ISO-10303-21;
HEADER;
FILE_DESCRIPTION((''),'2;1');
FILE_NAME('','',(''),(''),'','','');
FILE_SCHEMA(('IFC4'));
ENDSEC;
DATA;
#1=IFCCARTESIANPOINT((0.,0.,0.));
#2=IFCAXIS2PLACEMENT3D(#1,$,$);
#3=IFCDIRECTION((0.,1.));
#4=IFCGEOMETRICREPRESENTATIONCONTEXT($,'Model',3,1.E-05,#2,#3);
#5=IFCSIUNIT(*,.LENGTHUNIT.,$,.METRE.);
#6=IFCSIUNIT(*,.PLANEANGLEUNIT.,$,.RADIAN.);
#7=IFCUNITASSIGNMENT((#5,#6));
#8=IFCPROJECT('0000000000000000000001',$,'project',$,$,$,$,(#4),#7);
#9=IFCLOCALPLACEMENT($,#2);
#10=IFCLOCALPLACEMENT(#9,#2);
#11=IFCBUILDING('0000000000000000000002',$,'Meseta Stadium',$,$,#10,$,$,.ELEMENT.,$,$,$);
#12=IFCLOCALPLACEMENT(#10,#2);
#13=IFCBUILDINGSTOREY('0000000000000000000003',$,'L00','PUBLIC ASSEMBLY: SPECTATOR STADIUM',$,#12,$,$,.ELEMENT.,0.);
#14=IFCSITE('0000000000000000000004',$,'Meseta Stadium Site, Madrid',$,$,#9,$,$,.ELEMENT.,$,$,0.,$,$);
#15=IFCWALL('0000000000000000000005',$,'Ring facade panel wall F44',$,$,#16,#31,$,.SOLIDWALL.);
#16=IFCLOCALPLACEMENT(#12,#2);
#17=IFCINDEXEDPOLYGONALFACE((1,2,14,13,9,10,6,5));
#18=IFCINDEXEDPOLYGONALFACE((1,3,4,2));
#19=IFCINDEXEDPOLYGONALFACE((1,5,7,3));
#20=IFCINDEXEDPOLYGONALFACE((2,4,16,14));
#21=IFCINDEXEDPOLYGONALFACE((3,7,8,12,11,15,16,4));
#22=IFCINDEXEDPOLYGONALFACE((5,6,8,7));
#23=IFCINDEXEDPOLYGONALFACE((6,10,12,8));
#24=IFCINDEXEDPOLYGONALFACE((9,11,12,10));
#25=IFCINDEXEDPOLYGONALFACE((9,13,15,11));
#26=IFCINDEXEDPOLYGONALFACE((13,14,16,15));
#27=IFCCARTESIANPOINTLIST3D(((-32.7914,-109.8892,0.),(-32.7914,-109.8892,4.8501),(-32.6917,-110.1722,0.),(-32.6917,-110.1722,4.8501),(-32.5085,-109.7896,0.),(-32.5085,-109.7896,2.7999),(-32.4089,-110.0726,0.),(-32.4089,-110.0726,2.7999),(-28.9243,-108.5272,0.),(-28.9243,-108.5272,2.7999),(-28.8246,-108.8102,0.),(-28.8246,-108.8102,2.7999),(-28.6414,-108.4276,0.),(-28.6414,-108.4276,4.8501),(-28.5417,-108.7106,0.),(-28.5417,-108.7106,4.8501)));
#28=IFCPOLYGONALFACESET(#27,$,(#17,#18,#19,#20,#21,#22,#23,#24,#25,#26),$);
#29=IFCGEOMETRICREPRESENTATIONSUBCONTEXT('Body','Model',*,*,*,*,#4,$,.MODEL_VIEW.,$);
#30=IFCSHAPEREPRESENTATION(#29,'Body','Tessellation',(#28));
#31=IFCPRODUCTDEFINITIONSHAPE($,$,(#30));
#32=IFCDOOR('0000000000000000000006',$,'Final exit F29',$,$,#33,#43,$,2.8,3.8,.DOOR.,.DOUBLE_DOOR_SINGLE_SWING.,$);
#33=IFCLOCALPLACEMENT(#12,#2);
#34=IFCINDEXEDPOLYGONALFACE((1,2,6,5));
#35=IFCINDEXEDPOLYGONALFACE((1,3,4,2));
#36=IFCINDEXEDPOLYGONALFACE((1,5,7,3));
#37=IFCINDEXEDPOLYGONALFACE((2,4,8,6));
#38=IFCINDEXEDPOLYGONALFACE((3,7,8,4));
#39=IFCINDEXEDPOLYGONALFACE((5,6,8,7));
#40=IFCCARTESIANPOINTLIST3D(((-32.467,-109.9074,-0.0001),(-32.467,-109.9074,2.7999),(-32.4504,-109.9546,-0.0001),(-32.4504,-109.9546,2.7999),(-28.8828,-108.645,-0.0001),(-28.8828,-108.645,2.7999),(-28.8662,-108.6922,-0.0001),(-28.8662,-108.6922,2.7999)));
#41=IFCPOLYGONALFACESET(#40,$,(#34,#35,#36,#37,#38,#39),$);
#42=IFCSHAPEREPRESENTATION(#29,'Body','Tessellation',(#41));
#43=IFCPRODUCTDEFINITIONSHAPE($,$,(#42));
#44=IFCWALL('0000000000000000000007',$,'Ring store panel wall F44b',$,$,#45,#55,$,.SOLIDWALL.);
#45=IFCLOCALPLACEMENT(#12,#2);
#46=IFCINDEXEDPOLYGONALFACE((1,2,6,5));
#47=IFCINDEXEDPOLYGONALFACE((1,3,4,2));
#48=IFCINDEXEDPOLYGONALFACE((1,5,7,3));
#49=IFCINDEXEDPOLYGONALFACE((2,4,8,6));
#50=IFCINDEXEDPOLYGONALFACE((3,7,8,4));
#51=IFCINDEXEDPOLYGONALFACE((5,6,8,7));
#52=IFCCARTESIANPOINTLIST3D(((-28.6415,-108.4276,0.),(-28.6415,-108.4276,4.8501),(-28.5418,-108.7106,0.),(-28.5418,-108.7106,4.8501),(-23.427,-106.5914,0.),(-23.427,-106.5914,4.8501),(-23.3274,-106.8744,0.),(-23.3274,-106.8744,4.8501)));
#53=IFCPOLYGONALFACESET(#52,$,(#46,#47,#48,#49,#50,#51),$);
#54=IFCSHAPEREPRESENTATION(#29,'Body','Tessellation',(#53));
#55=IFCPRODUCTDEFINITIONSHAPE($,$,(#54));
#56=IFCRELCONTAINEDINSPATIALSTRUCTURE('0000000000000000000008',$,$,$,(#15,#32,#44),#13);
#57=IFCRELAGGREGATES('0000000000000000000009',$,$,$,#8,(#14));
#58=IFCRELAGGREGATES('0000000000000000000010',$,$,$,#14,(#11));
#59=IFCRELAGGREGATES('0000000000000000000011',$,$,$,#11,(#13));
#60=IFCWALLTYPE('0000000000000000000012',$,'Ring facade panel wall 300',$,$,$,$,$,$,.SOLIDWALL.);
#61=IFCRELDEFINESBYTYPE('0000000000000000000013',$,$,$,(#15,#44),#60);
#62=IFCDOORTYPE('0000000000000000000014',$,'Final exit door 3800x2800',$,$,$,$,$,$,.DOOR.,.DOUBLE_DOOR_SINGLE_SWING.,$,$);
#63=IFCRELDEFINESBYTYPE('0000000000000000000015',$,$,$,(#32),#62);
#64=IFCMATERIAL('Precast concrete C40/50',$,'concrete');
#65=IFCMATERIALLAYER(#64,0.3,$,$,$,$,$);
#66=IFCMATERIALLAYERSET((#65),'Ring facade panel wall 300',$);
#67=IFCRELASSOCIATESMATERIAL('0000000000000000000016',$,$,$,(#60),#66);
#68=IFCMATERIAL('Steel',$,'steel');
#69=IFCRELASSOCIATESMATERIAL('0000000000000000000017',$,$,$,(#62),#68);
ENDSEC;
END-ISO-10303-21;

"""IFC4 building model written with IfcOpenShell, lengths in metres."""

from ifc_helpers import new_model, si_unit, direction, frame, frame_2d, origin, place, context, subcontext, project, spatial, rectangle, extrude, material, layer, layer_set, type_object, element, fill, save


model = new_model("IFC4")

# Units and contexts
model_context = context("Model", 3, precision=1e-05, world=origin(), true_north=direction((0.0, 1.0)))
body_context = subcontext(model_context, "Body", "Model", "MODEL_VIEW")
ifc_project = project(units=[si_unit("LENGTHUNIT", "METRE"), si_unit("PLANEANGLEUNIT", "RADIAN")], contexts=[model_context])

# Site, building, storey
site_placement = place(None, origin())
site = spatial("IfcSite", under=ifc_project, at=site_placement, Name="Meseta Stadium Site, Madrid", CompositionType="ELEMENT", RefElevation=0.0)
building_placement = place(site_placement, origin())
building = spatial("IfcBuilding", under=site, at=building_placement, Name="Meseta Stadium", CompositionType="ELEMENT")
storey_placement = place(building_placement, origin())
storey = spatial("IfcBuildingStorey", under=building, at=storey_placement, Name="L00", Description="PUBLIC ASSEMBLY: SPECTATOR STADIUM", CompositionType="ELEMENT", Elevation=0.0)

# Wall, opening, door
ifc_material_1 = material(Name="Precast concrete C40/50", Category="concrete")
ifc_layer_1 = layer(ifc_material_1, 0.3)
ifc_layer_set_1 = layer_set([ifc_layer_1], Name="Ring facade panel wall 300")
wall_type_1 = type_object("IfcWallType", Name="Ring facade panel wall 300", PredefinedType="SOLIDWALL", material=ifc_layer_set_1)
wall_1_placement = place(storey_placement, frame((-28.5916, -108.5691, 0.0), z_axis=(0.0, 0.0, 1.0), x_axis=(-0.94321, -0.332196, 0.0)))
wall_1 = element("IfcWall", 1, at=wall_1_placement, inside=storey, type_object=wall_type_1, Name="Ring facade panel wall F44", PredefinedType="SOLIDWALL", context=body_context, shape_type="SweptSolid", body=[
    extrude(rectangle(XDim=4.3999, YDim=0.3, at=frame_2d((2.2, 0.0))), origin(), (0.0, 0.0, 1.0), 4.8501),
])
opening_1_placement = place(wall_1_placement, frame((0.3, 0.0, 0.0)))
opening_1 = element("IfcOpeningElement", 2, at=opening_1_placement, cuts=wall_1, PredefinedType="OPENING", context=body_context, shape_type="SweptSolid", body=[
    extrude(rectangle(XDim=3.8, YDim=2.8, at=frame_2d((1.8999, 1.3999))), frame((0.0, 0.1599, 0.0), z_axis=(0.0, -1.0, 0.0), x_axis=(1.0, 0.0, 0.0)), (0.0, 0.0, 1.0), 0.3201),
])
ifc_material_2 = material(Name="Steel", Category="steel")
door_type_1 = type_object("IfcDoorType", Name="Final exit door 3800x2800", OperationType="DOUBLE_DOOR_SINGLE_SWING", PredefinedType="DOOR", material=ifc_material_2)
door_1_placement = place(opening_1_placement, origin())
door_1 = element("IfcDoor", 3, at=door_1_placement, inside=storey, type_object=door_type_1, Name="Final exit F29", OperationType="DOUBLE_DOOR_SINGLE_SWING", OverallHeight=2.8, OverallWidth=3.8, PredefinedType="DOOR", context=body_context, shape_type="SweptSolid", body=[
    extrude(rectangle(XDim=3.8, YDim=2.8, at=frame_2d((1.8999, 1.3999))), frame((0.0, 0.0249, 0.0), z_axis=(0.0, -1.0, 0.0), x_axis=(1.0, 0.0, 0.0)), (0.0, 0.0, 1.0), 0.05),
])
fill(opening_1, door_1)

# Wall
wall_2_placement = place(storey_placement, frame((-23.3772, -106.7329, 0.0), z_axis=(0.0, 0.0, 1.0), x_axis=(-0.943227, -0.332148, 0.0)))
element("IfcWall", 4, at=wall_2_placement, inside=storey, type_object=wall_type_1, Name="Ring store panel wall F44b", PredefinedType="SOLIDWALL", context=body_context, shape_type="SweptSolid", body=[
    extrude(rectangle(XDim=5.5283, YDim=0.3, at=frame_2d((2.7642, 0.0))), origin(), (0.0, 0.0, 1.0), 4.8501),
])

save(model, "model.ifc")
